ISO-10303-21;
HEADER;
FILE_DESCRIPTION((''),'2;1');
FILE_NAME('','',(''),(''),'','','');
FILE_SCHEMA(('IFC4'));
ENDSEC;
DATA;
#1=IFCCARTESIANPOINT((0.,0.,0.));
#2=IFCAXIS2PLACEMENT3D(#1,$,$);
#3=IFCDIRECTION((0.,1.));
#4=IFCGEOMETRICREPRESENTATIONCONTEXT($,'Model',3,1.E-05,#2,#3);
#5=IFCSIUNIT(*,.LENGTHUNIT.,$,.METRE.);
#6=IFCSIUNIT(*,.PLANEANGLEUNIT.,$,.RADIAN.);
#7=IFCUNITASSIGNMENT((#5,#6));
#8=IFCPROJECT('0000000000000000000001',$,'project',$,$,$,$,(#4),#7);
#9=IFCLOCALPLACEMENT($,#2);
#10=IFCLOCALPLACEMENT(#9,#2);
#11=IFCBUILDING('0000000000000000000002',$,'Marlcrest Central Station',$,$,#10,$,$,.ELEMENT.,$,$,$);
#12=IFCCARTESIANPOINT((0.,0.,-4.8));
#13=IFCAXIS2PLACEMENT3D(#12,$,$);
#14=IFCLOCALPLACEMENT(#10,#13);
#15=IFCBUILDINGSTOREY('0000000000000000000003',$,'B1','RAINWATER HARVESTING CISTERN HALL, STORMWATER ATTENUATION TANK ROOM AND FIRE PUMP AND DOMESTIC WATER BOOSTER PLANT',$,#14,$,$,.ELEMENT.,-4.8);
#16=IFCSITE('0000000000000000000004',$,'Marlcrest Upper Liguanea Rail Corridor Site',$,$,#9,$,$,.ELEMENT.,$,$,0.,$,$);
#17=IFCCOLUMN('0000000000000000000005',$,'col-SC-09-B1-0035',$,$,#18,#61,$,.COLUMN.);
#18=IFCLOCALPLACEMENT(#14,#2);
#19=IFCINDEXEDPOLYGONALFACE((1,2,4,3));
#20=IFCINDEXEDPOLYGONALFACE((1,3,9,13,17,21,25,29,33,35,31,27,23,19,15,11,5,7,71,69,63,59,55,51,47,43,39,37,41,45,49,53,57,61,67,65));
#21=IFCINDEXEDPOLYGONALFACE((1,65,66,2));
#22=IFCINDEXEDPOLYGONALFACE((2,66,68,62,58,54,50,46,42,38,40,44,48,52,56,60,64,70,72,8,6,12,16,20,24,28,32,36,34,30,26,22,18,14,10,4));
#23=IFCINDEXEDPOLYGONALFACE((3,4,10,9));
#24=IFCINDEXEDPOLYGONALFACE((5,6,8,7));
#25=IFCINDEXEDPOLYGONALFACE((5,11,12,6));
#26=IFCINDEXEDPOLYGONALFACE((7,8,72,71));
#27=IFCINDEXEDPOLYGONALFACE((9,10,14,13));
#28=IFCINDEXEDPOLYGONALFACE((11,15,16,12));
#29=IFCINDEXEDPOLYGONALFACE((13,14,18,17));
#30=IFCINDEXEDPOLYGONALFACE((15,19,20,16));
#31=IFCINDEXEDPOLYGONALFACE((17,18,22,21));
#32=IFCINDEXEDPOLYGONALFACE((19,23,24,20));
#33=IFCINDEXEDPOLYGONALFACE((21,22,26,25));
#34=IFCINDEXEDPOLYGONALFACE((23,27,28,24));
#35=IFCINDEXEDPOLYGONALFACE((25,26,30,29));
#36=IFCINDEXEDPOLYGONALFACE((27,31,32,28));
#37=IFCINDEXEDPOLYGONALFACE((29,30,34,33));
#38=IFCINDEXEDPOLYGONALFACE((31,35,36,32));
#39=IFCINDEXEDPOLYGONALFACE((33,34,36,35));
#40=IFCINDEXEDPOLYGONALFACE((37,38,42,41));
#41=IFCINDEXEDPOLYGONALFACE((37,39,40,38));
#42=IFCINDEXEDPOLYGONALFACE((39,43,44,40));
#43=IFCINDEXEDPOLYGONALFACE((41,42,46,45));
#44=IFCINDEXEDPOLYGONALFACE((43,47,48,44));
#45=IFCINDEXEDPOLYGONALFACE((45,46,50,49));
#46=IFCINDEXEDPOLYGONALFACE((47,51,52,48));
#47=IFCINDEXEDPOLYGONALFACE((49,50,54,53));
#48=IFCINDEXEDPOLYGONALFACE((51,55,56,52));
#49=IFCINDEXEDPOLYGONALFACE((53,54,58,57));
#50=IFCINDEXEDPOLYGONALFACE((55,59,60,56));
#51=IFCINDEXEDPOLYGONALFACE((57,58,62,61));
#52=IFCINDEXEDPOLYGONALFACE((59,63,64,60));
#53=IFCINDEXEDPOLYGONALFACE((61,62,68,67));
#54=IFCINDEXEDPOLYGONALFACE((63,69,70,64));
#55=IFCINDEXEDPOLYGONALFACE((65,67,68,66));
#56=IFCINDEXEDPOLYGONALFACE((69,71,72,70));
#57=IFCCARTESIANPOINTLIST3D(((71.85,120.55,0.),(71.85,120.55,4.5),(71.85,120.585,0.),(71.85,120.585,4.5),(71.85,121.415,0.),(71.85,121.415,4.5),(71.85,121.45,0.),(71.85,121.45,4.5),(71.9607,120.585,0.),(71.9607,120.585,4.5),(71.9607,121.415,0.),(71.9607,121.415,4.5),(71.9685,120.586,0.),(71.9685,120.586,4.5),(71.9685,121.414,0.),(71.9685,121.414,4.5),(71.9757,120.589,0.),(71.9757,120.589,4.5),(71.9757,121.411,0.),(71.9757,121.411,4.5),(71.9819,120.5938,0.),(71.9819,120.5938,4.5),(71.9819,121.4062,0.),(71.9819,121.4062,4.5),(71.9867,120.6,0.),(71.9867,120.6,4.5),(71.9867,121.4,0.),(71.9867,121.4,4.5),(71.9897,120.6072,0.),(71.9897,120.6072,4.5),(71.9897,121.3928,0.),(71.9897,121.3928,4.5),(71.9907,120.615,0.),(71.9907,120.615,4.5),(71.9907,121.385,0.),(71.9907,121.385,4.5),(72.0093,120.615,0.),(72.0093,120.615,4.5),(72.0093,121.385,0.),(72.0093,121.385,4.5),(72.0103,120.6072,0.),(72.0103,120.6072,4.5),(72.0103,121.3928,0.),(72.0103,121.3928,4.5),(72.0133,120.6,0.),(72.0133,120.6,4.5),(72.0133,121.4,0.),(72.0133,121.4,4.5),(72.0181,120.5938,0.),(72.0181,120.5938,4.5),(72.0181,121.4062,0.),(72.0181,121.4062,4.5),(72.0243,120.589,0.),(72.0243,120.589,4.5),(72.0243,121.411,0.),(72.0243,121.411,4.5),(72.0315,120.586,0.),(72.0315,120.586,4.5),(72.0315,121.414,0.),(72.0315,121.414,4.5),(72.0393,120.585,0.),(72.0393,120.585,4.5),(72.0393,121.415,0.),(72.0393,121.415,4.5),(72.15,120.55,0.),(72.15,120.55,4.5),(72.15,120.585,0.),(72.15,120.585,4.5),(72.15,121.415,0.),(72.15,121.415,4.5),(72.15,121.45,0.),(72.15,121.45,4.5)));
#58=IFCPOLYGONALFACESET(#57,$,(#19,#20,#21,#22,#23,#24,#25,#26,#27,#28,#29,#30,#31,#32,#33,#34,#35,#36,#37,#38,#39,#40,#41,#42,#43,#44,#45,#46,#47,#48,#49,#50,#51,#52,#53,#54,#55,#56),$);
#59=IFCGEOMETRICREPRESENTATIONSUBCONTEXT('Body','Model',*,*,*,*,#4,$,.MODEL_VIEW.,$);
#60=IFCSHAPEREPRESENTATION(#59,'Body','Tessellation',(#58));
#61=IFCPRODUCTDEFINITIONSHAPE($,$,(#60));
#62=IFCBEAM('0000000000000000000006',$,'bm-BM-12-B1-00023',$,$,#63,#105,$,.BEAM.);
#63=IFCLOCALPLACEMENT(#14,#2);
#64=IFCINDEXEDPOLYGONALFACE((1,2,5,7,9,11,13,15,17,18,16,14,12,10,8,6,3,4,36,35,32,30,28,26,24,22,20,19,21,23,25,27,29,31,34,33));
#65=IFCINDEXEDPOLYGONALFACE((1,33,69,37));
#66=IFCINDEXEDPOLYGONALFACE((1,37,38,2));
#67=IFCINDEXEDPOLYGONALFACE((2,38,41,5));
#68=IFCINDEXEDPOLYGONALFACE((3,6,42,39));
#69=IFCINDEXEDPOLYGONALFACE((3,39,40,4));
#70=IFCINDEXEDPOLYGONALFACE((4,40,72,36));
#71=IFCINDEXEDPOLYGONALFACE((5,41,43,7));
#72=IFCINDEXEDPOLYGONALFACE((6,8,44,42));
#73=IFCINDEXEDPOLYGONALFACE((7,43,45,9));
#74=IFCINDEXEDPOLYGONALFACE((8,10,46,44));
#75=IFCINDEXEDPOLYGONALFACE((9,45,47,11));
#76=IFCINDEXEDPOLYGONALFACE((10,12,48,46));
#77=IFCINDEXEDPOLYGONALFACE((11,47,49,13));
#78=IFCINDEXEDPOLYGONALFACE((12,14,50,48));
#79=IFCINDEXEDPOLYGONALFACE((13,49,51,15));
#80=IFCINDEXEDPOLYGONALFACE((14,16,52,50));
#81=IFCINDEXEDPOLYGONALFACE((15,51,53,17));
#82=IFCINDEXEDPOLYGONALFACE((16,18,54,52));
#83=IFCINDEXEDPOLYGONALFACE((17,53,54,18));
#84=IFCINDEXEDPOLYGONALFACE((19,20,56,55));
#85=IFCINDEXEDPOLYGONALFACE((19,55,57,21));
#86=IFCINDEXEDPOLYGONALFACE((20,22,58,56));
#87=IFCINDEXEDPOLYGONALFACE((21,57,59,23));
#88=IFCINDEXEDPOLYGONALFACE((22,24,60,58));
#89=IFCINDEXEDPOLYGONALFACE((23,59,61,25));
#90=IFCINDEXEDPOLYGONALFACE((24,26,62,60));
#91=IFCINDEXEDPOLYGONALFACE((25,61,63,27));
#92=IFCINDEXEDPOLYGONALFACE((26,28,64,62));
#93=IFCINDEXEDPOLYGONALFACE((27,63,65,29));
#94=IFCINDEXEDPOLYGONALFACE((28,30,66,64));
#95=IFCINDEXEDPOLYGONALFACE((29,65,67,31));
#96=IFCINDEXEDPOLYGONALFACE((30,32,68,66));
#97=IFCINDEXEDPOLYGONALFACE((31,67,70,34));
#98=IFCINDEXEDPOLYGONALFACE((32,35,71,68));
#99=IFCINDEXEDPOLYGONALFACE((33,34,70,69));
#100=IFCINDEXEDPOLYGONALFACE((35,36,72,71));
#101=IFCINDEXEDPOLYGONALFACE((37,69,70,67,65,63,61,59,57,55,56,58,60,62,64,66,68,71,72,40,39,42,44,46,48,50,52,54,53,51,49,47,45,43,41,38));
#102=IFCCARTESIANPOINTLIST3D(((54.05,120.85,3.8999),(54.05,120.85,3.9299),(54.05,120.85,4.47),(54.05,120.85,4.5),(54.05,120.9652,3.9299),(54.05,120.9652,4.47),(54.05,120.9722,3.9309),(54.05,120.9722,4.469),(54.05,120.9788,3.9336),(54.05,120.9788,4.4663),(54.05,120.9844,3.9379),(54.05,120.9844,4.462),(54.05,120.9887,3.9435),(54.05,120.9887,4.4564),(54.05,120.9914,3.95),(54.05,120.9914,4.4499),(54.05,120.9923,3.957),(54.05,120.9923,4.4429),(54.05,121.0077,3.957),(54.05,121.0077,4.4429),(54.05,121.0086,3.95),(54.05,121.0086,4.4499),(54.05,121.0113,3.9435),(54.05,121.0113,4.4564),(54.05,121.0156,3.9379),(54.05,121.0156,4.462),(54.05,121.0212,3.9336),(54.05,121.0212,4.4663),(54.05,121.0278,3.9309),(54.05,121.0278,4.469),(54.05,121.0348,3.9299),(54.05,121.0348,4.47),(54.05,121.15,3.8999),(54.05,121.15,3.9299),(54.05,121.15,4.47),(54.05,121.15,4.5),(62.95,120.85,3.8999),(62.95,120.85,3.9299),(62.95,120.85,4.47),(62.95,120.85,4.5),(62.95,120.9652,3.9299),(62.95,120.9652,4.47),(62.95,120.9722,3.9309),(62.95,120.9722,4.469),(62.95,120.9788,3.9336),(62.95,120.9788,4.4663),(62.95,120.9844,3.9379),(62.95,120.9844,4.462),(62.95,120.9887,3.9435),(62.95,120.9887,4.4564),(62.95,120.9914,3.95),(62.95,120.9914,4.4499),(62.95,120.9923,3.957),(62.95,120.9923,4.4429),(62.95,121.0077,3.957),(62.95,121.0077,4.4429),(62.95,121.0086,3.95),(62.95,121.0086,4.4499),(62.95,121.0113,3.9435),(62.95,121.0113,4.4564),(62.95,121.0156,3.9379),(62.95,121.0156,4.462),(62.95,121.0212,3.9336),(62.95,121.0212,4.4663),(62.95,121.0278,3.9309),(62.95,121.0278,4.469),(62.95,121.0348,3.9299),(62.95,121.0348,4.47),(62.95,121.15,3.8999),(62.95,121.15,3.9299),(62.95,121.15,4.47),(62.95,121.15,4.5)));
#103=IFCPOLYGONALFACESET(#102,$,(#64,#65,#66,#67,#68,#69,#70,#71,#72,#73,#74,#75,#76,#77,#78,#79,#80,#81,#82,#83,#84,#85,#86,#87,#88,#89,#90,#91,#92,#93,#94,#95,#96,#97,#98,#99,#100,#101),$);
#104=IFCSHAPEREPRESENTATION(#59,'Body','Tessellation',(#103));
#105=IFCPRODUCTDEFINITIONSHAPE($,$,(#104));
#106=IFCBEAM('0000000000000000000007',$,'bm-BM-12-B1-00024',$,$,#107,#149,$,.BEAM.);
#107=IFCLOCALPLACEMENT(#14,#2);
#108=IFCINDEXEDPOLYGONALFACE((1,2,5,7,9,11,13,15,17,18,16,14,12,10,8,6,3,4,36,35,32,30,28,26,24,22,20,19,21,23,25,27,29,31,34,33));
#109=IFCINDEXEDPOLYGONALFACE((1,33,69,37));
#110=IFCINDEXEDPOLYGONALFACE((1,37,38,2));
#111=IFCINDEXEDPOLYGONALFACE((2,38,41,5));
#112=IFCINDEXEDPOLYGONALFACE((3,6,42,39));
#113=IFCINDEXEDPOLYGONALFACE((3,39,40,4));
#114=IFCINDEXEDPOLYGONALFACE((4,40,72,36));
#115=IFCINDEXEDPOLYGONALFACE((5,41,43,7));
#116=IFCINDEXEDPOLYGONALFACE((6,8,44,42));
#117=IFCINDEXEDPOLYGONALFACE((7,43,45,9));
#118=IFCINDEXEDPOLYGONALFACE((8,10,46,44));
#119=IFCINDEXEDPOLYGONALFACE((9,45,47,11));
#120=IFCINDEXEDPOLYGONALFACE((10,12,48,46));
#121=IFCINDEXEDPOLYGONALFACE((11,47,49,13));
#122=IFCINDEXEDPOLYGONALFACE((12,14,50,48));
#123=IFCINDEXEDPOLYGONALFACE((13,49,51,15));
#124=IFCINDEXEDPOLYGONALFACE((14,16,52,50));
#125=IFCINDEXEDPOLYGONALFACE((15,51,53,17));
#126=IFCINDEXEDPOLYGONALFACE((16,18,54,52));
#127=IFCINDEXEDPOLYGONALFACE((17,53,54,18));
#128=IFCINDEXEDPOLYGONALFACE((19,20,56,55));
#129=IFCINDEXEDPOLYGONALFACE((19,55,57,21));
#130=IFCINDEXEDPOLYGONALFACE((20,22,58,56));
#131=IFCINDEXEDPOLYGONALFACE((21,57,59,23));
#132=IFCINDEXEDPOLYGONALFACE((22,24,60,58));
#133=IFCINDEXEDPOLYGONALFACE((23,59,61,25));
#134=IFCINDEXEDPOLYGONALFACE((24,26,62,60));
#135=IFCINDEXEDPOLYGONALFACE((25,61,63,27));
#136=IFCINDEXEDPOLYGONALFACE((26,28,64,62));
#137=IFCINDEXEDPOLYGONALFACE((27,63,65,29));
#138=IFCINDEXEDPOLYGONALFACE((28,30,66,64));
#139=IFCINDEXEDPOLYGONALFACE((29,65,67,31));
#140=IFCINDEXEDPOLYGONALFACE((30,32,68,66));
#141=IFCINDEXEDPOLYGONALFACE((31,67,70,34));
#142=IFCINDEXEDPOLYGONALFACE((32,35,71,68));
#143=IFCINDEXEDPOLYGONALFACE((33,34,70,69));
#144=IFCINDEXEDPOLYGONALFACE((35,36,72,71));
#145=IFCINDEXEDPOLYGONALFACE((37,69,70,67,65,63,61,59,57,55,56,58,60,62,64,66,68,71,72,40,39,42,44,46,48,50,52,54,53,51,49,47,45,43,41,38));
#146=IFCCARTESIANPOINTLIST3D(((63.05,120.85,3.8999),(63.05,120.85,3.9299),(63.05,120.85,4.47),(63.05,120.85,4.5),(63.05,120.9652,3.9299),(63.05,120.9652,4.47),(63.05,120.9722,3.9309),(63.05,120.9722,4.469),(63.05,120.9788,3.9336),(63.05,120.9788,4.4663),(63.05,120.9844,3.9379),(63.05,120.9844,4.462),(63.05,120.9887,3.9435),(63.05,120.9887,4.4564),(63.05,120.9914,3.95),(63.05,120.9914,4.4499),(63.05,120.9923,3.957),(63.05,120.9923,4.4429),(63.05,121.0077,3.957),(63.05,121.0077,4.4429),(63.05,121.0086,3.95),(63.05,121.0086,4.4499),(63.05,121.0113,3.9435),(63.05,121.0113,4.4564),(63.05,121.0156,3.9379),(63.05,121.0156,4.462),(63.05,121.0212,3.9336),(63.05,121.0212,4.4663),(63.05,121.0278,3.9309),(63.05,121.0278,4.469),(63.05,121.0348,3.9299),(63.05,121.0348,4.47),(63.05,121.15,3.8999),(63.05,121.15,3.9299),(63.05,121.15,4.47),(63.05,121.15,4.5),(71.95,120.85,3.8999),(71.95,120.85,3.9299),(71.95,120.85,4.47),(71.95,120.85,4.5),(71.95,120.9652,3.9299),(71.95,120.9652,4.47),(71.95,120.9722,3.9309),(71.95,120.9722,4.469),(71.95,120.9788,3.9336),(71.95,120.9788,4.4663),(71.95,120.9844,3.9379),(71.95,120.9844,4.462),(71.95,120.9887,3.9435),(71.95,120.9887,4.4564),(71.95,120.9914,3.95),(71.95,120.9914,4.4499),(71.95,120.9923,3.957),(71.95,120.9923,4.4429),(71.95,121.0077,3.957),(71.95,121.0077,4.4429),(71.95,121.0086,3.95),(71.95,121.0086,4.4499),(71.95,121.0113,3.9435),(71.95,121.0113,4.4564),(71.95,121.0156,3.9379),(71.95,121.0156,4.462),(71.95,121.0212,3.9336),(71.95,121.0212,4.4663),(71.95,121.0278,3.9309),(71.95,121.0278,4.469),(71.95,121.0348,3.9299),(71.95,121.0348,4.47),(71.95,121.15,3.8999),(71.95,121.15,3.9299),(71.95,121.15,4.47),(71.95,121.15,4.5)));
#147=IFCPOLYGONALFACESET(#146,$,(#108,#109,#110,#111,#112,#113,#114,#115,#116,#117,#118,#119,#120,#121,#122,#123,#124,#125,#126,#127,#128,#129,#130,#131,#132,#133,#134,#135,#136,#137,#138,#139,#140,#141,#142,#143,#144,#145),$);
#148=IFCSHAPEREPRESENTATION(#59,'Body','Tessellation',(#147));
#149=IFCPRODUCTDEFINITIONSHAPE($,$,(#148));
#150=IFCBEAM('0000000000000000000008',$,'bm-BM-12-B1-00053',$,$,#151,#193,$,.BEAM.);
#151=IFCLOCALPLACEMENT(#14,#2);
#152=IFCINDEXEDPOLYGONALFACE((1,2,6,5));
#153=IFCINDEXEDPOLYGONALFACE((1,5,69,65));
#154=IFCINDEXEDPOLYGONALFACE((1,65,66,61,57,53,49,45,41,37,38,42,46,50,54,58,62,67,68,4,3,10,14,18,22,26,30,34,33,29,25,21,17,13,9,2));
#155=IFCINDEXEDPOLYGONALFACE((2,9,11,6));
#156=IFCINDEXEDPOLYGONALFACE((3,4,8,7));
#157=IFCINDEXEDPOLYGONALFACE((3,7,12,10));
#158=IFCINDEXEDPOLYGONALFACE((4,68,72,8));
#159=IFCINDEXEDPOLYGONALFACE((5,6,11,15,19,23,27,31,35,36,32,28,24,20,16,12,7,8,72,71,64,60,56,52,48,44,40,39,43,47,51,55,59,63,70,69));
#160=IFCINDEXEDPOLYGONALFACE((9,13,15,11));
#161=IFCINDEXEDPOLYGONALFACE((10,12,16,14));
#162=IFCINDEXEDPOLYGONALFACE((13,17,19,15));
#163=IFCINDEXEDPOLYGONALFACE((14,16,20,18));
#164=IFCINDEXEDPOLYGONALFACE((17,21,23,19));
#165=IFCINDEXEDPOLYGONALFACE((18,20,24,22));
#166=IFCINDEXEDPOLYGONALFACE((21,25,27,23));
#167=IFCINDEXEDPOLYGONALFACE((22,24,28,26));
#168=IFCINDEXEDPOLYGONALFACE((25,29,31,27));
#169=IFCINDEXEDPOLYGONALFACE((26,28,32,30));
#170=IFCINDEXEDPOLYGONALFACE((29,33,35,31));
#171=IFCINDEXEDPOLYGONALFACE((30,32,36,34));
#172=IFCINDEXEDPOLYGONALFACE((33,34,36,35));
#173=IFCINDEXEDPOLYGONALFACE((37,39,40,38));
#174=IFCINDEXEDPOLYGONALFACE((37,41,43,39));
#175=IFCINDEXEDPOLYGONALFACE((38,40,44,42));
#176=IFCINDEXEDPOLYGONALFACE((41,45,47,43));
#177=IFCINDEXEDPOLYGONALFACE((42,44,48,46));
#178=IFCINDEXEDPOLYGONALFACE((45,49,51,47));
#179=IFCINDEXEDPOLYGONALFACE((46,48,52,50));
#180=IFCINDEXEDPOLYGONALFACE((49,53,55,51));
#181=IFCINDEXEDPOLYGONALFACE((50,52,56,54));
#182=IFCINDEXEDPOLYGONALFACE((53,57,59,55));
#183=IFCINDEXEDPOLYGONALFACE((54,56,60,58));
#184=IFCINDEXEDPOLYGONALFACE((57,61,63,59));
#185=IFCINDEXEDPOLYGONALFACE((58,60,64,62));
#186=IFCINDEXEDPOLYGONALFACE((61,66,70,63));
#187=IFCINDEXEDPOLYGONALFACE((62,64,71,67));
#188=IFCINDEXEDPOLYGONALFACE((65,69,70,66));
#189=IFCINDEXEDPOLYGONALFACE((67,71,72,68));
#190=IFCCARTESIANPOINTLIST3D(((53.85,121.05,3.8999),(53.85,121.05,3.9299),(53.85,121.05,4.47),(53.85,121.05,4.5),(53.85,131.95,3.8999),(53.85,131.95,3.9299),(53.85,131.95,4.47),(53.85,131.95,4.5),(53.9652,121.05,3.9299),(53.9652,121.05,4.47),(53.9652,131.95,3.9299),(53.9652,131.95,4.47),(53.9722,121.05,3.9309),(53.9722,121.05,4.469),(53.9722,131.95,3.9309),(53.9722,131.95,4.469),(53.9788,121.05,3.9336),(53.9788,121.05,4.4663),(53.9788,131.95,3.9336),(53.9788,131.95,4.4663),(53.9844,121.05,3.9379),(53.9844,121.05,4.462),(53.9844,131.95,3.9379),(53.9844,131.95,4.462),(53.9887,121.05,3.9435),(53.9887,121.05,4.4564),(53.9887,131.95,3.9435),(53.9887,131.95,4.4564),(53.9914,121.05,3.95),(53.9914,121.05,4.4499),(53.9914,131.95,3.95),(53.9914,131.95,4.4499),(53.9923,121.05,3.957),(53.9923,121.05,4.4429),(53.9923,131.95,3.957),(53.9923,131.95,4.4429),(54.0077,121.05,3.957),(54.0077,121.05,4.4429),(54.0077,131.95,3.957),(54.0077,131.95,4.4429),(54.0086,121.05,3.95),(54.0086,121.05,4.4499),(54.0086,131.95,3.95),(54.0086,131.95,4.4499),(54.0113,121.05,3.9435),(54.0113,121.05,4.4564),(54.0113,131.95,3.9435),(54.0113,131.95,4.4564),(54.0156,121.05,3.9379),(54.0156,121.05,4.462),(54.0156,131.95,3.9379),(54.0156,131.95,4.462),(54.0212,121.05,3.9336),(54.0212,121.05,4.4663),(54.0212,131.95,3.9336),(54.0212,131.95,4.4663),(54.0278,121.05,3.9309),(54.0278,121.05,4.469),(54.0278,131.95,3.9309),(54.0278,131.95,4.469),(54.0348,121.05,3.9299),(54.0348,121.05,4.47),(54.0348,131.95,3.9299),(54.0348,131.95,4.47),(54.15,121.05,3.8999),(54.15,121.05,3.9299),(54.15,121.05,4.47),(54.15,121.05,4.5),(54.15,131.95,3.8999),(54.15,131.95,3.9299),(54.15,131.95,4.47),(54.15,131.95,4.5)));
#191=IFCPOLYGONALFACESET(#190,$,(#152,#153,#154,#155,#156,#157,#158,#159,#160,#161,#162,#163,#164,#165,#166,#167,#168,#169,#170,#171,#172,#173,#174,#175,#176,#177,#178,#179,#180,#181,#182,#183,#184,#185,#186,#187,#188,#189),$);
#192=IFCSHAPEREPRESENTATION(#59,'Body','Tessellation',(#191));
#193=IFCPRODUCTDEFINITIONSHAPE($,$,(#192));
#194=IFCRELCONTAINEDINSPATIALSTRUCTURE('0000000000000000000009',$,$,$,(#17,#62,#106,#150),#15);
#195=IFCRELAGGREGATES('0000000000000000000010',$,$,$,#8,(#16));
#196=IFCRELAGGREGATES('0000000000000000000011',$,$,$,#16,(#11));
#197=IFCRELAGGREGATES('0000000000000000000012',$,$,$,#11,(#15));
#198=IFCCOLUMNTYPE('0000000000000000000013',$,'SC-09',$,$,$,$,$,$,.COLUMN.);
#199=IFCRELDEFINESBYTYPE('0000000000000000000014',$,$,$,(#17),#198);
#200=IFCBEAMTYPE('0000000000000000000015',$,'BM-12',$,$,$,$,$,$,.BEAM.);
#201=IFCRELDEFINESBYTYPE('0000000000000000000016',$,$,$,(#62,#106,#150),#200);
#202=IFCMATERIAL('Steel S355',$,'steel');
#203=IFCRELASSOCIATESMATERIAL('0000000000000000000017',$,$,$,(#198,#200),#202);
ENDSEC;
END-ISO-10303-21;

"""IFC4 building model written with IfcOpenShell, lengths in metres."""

from ifc_helpers import new_model, si_unit, direction, frame, origin, origin_2d, place, context, subcontext, project, spatial, i_section, extrude, material, material_profile, profile_set, type_object, element, save


model = new_model("IFC4")

# Units and contexts
model_context = context("Model", 3, precision=1e-05, world=origin(), true_north=direction((0.0, 1.0)))
body_context = subcontext(model_context, "Body", "Model", "MODEL_VIEW")
ifc_project = project(units=[si_unit("LENGTHUNIT", "METRE"), si_unit("PLANEANGLEUNIT", "RADIAN")], contexts=[model_context])

# Site, building, storey
site_placement = place(None, origin())
site = spatial("IfcSite", under=ifc_project, at=site_placement, Name="Marlcrest Upper Liguanea Rail Corridor Site", CompositionType="ELEMENT", RefElevation=0.0)
building_placement = place(site_placement, origin())
building = spatial("IfcBuilding", under=site, at=building_placement, Name="Marlcrest Central Station", CompositionType="ELEMENT")
storey_placement = place(building_placement, frame((0.0, 0.0, -4.8)))
storey = spatial("IfcBuildingStorey", under=building, at=storey_placement, Name="B1", Description="RAINWATER HARVESTING CISTERN HALL, STORMWATER ATTENUATION TANK ROOM AND FIRE PUMP AND DOMESTIC WATER BOOSTER PLANT", CompositionType="ELEMENT", Elevation=-4.8)

# Column
ifc_material_1 = material(Name="Steel S355", Category="steel")
ifc_material_profile_1 = material_profile(ifc_material_1, i_section(OverallWidth=0.3, OverallDepth=0.8999, WebThickness=0.0186, FlangeThickness=0.0349, FilletRadius=0.03, at=origin_2d()), Name="HEB 900")
ifc_profile_set_1 = profile_set([ifc_material_profile_1], Name="Steel S355")
column_type = type_object("IfcColumnType", Name="SC-09", PredefinedType="COLUMN", material=ifc_profile_set_1)
for number, where, z_axis, x_axis, name in (
    (1, (72.0, 121.0, 0.0), (0.0, 0.0, 1.0), (1.0, 0.0, 0.0), "col-SC-09-B1-0035"),
):
    element("IfcColumn", number, at=place(storey_placement, frame(where, z_axis=z_axis, x_axis=x_axis)), inside=storey, type_object=column_type, Name=name, PredefinedType="COLUMN", context=body_context, shape_type="SweptSolid", body=[
        extrude(i_section(OverallWidth=0.3, OverallDepth=0.8999, WebThickness=0.0186, FlangeThickness=0.0349, FilletRadius=0.03, at=origin_2d()), origin(), (0.0, 0.0, 1.0), 4.5),
    ])

# Beams
ifc_material_profile_2 = material_profile(ifc_material_1, i_section(OverallWidth=0.3, OverallDepth=0.6001, WebThickness=0.0154, FlangeThickness=0.03, FilletRadius=0.0271, at=origin_2d()), Name="HEB 600")
ifc_profile_set_2 = profile_set([ifc_material_profile_2], Name="Steel S355")
beam_type_1 = type_object("IfcBeamType", Name="BM-12", PredefinedType="BEAM", material=ifc_profile_set_2)
for number, where, z_axis, x_axis, name in (
    (2, (54.05, 121.0, 4.2), (1.0, 0.0, 0.0), (0.0, 1.0, 0.0), "bm-BM-12-B1-00023"),
    (3, (63.05, 121.0, 4.2), (1.0, 0.0, 0.0), (0.0, 1.0, 0.0), "bm-BM-12-B1-00024"),
):
    element("IfcBeam", number, at=place(storey_placement, frame(where, z_axis=z_axis, x_axis=x_axis)), inside=storey, type_object=beam_type_1, Name=name, PredefinedType="BEAM", context=body_context, shape_type="SweptSolid", body=[
        extrude(i_section(OverallWidth=0.3, OverallDepth=0.6001, WebThickness=0.0154, FlangeThickness=0.03, FilletRadius=0.0271, at=origin_2d()), origin(), (0.0, 0.0, 1.0), 8.8999),
    ])
for number, where, z_axis, x_axis, name in (
    (4, (54.0, 121.05, 4.2), (0.0, 1.0, 0.0), (-1.0, 0.0, 0.0), "bm-BM-12-B1-00053"),
):
    element("IfcBeam", number, at=place(storey_placement, frame(where, z_axis=z_axis, x_axis=x_axis)), inside=storey, type_object=beam_type_1, Name=name, PredefinedType="BEAM", context=body_context, shape_type="SweptSolid", body=[
        extrude(i_section(OverallWidth=0.3, OverallDepth=0.6001, WebThickness=0.0154, FlangeThickness=0.03, FilletRadius=0.0271, at=origin_2d()), origin(), (0.0, 0.0, 1.0), 10.8999),
    ])

save(model, "model.ifc")
